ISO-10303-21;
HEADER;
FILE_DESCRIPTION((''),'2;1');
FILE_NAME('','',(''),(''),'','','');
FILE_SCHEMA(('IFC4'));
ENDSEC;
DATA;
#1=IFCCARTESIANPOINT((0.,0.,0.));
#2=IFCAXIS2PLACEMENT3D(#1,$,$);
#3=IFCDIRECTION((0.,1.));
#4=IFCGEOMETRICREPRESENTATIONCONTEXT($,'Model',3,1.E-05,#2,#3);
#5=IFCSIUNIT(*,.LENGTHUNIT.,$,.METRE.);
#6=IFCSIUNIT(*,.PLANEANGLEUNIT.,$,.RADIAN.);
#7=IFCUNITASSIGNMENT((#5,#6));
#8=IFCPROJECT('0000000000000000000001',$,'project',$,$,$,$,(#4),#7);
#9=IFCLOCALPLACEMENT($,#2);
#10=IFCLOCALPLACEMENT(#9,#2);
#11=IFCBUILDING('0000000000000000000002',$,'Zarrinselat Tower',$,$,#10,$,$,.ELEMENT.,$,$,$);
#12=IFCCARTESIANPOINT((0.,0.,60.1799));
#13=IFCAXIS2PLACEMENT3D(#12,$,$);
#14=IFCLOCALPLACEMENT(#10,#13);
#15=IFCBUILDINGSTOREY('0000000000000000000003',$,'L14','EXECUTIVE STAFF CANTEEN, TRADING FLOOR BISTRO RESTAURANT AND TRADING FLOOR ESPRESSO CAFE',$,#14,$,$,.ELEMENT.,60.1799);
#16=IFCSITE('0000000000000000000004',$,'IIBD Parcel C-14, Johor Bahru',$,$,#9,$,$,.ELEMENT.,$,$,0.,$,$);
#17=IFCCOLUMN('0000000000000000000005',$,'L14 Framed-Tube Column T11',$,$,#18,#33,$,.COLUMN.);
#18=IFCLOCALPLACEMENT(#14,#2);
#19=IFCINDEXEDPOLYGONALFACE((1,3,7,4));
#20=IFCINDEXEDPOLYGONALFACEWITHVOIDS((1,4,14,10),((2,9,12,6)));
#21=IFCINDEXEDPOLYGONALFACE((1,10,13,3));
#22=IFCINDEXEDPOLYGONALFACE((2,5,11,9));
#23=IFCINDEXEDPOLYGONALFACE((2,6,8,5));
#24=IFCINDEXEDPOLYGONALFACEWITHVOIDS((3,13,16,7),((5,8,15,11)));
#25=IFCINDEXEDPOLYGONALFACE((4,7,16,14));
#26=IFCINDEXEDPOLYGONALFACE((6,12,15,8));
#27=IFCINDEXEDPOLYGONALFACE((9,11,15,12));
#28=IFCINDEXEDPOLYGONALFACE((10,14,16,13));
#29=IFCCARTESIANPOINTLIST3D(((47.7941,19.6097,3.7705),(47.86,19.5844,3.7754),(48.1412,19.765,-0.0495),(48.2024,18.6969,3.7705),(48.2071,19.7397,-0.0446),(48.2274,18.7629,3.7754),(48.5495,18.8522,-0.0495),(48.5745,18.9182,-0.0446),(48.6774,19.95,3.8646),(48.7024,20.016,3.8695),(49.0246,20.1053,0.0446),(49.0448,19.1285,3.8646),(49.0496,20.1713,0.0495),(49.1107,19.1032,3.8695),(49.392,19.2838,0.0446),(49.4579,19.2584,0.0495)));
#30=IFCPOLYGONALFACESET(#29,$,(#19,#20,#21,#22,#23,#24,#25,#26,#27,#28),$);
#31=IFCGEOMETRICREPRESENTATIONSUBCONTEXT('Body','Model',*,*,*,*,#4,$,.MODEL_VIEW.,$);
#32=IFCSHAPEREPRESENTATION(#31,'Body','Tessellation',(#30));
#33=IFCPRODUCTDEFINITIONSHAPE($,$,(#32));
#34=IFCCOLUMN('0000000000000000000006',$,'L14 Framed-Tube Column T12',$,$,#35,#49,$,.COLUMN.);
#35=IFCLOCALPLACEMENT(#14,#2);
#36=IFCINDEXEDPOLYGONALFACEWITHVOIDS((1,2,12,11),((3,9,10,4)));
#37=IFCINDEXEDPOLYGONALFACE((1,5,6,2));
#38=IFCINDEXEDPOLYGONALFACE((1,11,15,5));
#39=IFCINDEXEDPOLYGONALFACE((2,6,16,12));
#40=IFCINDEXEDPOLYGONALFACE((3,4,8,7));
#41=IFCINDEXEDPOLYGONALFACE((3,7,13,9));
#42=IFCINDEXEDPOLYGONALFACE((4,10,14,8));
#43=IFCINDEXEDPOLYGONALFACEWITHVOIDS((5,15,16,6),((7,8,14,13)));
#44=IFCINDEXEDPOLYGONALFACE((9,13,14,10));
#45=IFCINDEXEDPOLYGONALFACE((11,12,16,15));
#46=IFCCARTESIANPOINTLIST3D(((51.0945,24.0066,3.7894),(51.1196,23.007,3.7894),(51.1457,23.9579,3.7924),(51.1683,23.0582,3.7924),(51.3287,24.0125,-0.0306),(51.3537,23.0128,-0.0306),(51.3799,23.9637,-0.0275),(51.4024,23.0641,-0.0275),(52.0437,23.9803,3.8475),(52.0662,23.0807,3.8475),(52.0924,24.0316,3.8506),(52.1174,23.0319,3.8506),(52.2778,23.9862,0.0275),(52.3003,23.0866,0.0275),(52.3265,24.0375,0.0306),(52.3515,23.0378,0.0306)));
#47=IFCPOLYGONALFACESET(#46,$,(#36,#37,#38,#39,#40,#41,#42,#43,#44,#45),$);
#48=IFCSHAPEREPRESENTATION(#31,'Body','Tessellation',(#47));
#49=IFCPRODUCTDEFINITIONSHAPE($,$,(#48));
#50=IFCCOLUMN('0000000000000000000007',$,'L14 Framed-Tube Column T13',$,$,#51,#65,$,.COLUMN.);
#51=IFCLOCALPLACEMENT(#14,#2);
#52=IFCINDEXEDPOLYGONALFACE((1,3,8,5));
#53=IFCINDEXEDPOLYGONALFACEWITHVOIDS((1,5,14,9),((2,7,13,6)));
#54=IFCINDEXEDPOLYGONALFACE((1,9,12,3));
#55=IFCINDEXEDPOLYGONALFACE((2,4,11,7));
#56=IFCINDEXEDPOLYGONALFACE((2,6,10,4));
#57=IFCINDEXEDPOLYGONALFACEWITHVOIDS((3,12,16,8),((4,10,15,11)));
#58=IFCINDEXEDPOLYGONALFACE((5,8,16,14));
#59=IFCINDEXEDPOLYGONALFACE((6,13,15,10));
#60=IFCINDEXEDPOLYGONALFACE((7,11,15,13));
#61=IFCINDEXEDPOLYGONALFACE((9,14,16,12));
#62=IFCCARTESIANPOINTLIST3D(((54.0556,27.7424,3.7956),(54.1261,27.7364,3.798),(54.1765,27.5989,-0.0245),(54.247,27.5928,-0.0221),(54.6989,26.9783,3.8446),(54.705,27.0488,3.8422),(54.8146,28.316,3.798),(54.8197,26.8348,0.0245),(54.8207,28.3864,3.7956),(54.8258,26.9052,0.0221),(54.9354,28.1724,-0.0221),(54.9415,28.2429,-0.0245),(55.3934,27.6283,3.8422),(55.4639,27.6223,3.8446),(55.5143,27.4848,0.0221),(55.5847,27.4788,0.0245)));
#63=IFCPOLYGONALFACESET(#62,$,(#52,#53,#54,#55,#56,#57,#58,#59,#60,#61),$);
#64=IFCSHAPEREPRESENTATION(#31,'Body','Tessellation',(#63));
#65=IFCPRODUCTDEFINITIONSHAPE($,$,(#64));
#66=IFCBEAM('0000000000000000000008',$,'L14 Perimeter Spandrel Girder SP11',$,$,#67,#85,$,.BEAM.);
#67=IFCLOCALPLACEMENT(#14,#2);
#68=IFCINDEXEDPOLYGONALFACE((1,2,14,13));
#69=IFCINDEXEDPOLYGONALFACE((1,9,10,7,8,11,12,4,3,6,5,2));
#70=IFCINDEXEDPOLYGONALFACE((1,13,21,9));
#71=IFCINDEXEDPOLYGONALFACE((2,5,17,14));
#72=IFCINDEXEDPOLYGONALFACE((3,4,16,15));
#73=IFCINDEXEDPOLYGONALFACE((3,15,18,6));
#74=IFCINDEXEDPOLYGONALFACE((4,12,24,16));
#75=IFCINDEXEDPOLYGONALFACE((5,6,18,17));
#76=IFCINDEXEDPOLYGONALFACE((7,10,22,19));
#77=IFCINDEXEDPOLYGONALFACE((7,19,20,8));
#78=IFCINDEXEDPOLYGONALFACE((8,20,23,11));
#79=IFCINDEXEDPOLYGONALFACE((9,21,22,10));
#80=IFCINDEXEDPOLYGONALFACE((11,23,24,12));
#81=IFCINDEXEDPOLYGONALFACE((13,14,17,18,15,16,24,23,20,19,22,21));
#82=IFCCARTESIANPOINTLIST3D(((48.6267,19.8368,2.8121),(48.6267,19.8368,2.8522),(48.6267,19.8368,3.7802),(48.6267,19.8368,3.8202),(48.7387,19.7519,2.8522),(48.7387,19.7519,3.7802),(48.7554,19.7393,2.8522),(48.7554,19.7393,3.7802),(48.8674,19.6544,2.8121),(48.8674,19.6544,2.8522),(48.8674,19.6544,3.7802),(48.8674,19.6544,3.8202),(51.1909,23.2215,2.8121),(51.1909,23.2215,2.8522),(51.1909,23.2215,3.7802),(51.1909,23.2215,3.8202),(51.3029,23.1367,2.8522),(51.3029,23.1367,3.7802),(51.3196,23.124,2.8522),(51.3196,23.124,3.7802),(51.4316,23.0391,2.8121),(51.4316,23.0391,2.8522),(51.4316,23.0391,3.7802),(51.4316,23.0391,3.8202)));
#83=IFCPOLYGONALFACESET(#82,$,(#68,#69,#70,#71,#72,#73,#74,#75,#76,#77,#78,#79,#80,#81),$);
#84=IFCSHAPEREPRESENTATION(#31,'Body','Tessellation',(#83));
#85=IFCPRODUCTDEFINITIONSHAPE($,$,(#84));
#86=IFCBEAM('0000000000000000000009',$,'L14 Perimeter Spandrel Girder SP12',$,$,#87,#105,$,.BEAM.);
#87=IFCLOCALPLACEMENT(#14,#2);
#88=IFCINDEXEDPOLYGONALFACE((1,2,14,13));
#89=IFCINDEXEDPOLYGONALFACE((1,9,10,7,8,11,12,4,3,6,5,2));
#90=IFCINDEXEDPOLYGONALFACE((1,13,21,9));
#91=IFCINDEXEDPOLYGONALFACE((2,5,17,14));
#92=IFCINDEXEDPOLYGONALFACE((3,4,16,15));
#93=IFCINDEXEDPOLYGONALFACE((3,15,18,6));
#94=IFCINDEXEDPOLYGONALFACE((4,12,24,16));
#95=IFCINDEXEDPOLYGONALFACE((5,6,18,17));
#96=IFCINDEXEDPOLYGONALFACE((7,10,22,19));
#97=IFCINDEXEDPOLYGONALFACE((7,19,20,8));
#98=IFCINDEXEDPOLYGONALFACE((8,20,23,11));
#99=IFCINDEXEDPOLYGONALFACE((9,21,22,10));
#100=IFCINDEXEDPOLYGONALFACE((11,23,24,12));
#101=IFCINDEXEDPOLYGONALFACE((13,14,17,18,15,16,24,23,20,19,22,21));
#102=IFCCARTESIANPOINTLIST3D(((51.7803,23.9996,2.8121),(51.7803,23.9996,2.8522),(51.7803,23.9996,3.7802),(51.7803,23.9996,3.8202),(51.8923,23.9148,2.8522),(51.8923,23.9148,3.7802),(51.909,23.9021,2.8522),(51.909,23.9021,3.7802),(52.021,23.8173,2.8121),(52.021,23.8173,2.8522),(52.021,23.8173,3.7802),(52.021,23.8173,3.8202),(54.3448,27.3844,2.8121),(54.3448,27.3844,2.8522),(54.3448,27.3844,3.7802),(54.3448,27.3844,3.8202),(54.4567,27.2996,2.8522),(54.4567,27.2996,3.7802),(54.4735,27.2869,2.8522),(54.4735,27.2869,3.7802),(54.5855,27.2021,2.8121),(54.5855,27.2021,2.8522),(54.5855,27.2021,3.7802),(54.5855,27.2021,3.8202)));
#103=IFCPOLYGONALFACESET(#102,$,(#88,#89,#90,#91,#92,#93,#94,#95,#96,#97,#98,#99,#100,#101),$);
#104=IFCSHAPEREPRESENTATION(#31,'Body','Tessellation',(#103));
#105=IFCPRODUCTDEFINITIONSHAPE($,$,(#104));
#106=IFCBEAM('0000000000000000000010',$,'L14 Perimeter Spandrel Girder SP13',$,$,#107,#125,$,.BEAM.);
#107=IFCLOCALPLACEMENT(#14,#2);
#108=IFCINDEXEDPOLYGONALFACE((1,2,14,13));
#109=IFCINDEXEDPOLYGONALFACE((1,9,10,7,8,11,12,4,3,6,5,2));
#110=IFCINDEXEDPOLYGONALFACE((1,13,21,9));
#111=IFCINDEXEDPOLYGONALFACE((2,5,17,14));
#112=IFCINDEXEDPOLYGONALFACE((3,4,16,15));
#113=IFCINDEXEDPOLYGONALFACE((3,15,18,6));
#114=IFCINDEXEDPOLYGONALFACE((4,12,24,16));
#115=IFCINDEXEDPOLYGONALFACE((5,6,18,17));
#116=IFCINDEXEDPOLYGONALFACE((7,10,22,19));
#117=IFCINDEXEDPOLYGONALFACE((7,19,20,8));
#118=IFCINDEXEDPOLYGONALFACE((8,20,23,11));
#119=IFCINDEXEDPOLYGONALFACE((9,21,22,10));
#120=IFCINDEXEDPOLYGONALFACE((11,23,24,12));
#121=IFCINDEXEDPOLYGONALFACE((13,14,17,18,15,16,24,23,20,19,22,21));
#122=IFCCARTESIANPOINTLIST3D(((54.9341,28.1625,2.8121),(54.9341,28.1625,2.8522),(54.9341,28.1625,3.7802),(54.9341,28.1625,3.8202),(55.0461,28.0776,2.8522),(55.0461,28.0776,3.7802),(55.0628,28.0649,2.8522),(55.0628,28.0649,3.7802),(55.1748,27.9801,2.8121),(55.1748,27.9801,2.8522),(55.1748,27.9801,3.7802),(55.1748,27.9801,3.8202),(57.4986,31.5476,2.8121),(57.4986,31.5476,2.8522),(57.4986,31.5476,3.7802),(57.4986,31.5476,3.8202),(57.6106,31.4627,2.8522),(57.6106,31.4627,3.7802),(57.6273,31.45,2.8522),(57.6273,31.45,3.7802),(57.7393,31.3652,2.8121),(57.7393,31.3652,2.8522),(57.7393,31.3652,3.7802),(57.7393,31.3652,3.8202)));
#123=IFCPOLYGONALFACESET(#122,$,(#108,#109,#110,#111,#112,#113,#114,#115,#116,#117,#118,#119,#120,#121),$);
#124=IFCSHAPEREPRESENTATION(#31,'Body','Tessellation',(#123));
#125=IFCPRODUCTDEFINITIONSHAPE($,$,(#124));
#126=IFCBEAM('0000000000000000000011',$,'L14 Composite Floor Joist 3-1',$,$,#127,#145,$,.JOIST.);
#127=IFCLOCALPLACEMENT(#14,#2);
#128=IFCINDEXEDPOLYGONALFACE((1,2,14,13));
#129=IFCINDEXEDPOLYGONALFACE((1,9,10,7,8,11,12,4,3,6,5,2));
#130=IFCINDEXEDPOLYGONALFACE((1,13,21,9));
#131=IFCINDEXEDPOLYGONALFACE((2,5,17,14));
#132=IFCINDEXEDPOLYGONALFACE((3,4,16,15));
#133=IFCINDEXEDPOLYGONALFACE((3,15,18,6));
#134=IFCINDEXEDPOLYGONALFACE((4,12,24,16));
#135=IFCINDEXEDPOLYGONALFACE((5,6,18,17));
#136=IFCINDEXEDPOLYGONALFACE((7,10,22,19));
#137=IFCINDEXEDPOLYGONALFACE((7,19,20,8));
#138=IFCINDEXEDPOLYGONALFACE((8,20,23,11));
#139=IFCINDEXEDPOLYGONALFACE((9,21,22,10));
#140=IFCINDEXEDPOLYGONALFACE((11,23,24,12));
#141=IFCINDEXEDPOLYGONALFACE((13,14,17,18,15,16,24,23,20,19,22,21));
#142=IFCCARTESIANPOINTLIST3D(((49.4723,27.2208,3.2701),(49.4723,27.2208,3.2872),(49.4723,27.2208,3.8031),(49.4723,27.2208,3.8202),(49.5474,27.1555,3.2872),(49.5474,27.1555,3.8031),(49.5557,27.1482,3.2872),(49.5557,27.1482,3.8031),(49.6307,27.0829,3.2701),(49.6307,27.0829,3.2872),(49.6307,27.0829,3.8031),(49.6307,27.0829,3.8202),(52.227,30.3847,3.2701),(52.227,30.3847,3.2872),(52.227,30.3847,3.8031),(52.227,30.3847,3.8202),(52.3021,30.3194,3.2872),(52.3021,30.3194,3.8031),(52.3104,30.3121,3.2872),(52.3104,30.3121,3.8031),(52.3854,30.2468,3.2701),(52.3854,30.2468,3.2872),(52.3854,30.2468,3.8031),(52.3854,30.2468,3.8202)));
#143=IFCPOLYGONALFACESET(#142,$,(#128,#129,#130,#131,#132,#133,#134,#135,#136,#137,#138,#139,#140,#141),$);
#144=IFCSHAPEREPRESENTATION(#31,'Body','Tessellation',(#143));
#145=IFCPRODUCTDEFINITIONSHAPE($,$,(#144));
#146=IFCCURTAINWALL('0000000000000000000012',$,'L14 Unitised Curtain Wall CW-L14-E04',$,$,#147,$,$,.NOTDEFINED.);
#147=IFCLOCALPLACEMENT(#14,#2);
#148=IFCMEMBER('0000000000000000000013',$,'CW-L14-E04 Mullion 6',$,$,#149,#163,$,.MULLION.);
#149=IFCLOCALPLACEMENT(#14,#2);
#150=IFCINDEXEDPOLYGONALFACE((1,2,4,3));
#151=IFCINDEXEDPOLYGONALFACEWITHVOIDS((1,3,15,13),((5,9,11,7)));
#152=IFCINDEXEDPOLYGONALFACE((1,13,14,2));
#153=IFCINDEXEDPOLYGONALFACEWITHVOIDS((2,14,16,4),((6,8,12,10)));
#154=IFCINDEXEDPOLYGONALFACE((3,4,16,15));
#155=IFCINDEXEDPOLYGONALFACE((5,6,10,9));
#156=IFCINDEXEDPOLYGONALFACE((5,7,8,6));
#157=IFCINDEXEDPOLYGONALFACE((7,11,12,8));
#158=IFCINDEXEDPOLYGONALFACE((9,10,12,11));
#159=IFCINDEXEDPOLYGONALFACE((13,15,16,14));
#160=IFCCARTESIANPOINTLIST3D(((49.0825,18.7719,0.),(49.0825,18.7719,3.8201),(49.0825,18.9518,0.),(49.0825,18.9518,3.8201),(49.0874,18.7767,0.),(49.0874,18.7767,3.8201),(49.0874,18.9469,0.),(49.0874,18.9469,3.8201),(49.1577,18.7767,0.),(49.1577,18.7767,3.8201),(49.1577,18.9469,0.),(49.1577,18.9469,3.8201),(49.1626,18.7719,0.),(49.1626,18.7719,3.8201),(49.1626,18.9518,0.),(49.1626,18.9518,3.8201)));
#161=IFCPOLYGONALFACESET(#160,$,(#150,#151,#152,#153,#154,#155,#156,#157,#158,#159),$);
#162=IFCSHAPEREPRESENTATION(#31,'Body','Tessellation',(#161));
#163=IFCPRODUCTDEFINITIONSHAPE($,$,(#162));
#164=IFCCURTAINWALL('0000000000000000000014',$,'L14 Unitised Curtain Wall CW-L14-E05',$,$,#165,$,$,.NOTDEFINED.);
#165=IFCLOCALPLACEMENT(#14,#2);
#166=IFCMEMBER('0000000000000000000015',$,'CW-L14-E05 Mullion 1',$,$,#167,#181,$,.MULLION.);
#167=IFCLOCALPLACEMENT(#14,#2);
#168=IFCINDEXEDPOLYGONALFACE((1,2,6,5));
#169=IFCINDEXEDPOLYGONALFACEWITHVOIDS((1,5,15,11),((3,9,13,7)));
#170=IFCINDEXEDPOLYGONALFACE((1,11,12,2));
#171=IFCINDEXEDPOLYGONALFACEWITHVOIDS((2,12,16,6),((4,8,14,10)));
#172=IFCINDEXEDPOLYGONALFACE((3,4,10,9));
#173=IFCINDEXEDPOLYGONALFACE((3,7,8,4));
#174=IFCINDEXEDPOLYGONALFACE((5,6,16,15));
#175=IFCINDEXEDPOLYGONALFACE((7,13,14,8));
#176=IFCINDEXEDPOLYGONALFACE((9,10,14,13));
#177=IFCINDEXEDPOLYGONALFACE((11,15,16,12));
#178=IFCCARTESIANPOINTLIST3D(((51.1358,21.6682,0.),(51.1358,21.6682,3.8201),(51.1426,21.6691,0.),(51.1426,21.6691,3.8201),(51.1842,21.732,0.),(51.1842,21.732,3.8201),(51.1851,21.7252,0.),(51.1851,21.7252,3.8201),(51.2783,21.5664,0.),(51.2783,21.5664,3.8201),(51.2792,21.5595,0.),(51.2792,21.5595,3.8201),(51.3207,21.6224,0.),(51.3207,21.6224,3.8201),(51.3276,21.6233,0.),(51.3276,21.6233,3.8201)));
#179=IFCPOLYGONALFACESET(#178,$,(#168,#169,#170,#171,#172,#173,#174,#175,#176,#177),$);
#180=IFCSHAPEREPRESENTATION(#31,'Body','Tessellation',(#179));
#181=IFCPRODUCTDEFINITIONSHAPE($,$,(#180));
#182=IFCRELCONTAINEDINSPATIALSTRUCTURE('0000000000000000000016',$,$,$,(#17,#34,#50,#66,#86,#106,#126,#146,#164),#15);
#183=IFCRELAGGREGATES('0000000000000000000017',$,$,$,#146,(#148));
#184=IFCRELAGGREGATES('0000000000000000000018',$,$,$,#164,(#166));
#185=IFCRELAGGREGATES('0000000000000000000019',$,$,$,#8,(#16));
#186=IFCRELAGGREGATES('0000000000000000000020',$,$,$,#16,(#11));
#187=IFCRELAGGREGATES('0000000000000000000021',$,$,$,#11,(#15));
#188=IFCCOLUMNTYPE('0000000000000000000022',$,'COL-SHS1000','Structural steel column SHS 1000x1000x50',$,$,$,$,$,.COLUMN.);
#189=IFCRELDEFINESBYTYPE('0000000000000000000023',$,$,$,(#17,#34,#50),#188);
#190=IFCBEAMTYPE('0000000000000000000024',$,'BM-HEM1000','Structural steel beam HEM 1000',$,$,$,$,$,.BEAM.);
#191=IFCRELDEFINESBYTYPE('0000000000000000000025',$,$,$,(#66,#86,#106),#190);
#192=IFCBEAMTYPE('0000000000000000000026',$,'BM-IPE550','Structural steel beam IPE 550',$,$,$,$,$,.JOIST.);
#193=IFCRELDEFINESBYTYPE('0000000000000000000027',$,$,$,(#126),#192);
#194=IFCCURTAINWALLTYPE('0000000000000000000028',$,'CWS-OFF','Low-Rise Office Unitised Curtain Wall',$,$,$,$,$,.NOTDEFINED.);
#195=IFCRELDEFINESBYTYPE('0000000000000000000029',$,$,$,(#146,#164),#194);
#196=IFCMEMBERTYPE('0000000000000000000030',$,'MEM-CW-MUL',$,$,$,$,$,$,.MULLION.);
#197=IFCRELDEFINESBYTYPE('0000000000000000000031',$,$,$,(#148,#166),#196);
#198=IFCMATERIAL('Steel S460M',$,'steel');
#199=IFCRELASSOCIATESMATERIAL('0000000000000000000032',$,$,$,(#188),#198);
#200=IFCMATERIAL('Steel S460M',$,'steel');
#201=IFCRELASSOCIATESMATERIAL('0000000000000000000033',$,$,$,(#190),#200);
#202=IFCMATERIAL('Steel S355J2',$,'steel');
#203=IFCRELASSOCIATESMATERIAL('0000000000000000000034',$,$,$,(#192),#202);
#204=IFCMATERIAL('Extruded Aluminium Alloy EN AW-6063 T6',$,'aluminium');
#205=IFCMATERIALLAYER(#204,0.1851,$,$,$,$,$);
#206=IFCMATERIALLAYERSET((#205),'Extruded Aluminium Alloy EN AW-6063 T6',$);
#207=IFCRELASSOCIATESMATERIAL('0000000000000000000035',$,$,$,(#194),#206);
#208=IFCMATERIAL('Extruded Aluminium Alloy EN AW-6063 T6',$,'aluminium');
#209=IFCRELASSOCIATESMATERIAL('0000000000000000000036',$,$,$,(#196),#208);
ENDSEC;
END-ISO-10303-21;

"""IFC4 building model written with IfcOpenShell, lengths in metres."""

from ifc_helpers import new_model, si_unit, direction, frame, origin, origin_2d, place, context, subcontext, project, spatial, hollow_rectangle, i_section, extrude, material, layer, layer_set, material_profile, profile_set, type_object, element, aggregate, save


model = new_model("IFC4")

# Units and contexts
model_context = context("Model", 3, precision=1e-05, world=origin(), true_north=direction((0.0, 1.0)))
body_context = subcontext(model_context, "Body", "Model", "MODEL_VIEW")
ifc_project = project(units=[si_unit("LENGTHUNIT", "METRE"), si_unit("PLANEANGLEUNIT", "RADIAN")], contexts=[model_context])

# Site, building, storey
site_placement = place(None, origin())
site = spatial("IfcSite", under=ifc_project, at=site_placement, Name="IIBD Parcel C-14, Johor Bahru", CompositionType="ELEMENT", RefElevation=0.0)
building_placement = place(site_placement, origin())
building = spatial("IfcBuilding", under=site, at=building_placement, Name="Zarrinselat Tower", CompositionType="ELEMENT")
storey_placement = place(building_placement, frame((0.0, 0.0, 60.1799)))
storey = spatial("IfcBuildingStorey", under=building, at=storey_placement, Name="L14", Description="EXECUTIVE STAFF CANTEEN, TRADING FLOOR BISTRO RESTAURANT AND TRADING FLOOR ESPRESSO CAFE", CompositionType="ELEMENT", Elevation=60.1799)

# Columns
ifc_material_1 = material(Name="Steel S460M", Category="steel")
ifc_material_profile_1 = material_profile(ifc_material_1, hollow_rectangle(XDim=1.0, YDim=1.0, WallThickness=0.05, at=origin_2d()), Name="SHS 1000x1000x50")
ifc_profile_set_1 = profile_set([ifc_material_profile_1], Name="Steel S460M")
column_type = type_object("IfcColumnType", Name="COL-SHS1000", Description="Structural steel column SHS 1000x1000x50", PredefinedType="COLUMN", material=ifc_profile_set_1)
column_1_placement = place(storey_placement, frame((48.7996, 19.5117, 0.0), z_axis=(-0.090433, -0.040447, 0.995081), x_axis=(0.408282, -0.912856, 0.0)))
element("IfcColumn", 1, at=column_1_placement, inside=storey, type_object=column_type, Name="L14 Framed-Tube Column T11", PredefinedType="COLUMN", context=body_context, shape_type="SweptSolid", body=[
    extrude(hollow_rectangle(XDim=1.0, YDim=1.0, WallThickness=0.05, at=origin_2d()), origin(), (0.0, 0.0, 1.0), 3.8389),
])
column_2_placement = place(storey_placement, frame((51.8401, 23.5251, 0.0), z_axis=(-0.061175, -0.001531, 0.998126), x_axis=(0.025018, -0.999687, 0.0)))
element("IfcColumn", 2, at=column_2_placement, inside=storey, type_object=column_type, Name="L14 Framed-Tube Column T12", PredefinedType="COLUMN", context=body_context, shape_type="SweptSolid", body=[
    extrude(hollow_rectangle(XDim=1.0, YDim=1.0, WallThickness=0.05, at=origin_2d()), origin(), (0.0, 0.0, 1.0), 3.8271),
])
column_3_placement = place(storey_placement, frame((54.8806, 27.5388, 0.0), z_axis=(-0.031597, 0.037534, 0.998796), x_axis=(-0.765012, -0.644016, 0.0)))
element("IfcColumn", 3, at=column_3_placement, inside=storey, type_object=column_type, Name="L14 Framed-Tube Column T13", PredefinedType="COLUMN", context=body_context, shape_type="SweptSolid", body=[
    extrude(hollow_rectangle(XDim=1.0, YDim=1.0, WallThickness=0.05, at=origin_2d()), origin(), (0.0, 0.0, 1.0), 3.8247),
])

# Beams
ifc_material_2 = material(Name="Steel S460M", Category="steel")
ifc_material_profile_2 = material_profile(ifc_material_2, i_section(OverallWidth=0.302, OverallDepth=1.0081, WebThickness=0.021, FlangeThickness=0.04, at=origin_2d()), Name="HEM 1000")
ifc_profile_set_2 = profile_set([ifc_material_profile_2], Name="Steel S460M")
beam_type_1 = type_object("IfcBeamType", Name="BM-HEM1000", Description="Structural steel beam HEM 1000", PredefinedType="BEAM", material=ifc_profile_set_2)
beam_1_placement = place(storey_placement, frame((48.7471, 19.7456, 3.3162), z_axis=(0.603857, 0.797093, 0.0), x_axis=(-0.797093, 0.603857, 0.0)))
element("IfcBeam", 4, at=beam_1_placement, inside=storey, type_object=beam_type_1, Name="L14 Perimeter Spandrel Girder SP11", PredefinedType="BEAM", context=body_context, shape_type="SweptSolid", body=[
    extrude(i_section(OverallWidth=0.302, OverallDepth=1.0081, WebThickness=0.021, FlangeThickness=0.04, at=origin_2d()), origin(), (0.0, 0.0, 1.0), 4.2463),
])
beam_2_placement = place(storey_placement, frame((51.9006, 23.9084, 3.3162), z_axis=(0.603893, 0.797065, 0.0), x_axis=(-0.797065, 0.603893, 0.0)))
element("IfcBeam", 5, at=beam_2_placement, inside=storey, type_object=beam_type_1, Name="L14 Perimeter Spandrel Girder SP12", PredefinedType="BEAM", context=body_context, shape_type="SweptSolid", body=[
    extrude(i_section(OverallWidth=0.302, OverallDepth=1.0081, WebThickness=0.021, FlangeThickness=0.04, at=origin_2d()), origin(), (0.0, 0.0, 1.0), 4.2466),
])
beam_3_placement = place(storey_placement, frame((55.0544, 28.0713, 3.3162), z_axis=(0.603865, 0.797086, 0.0), x_axis=(-0.797086, 0.603865, 0.0)))
element("IfcBeam", 6, at=beam_3_placement, inside=storey, type_object=beam_type_1, Name="L14 Perimeter Spandrel Girder SP13", PredefinedType="BEAM", context=body_context, shape_type="SweptSolid", body=[
    extrude(i_section(OverallWidth=0.302, OverallDepth=1.0081, WebThickness=0.021, FlangeThickness=0.04, at=origin_2d()), origin(), (0.0, 0.0, 1.0), 4.2468),
])
ifc_material_3 = material(Name="Steel S355J2", Category="steel")
ifc_material_profile_3 = material_profile(ifc_material_3, i_section(OverallWidth=0.21, OverallDepth=0.55, WebThickness=0.011, FlangeThickness=0.0171, at=origin_2d()), Name="IPE 550")
ifc_profile_set_3 = profile_set([ifc_material_profile_3], Name="Steel S355J2")
beam_type_2 = type_object("IfcBeamType", Name="BM-IPE550", Description="Structural steel beam IPE 550", PredefinedType="JOIST", material=ifc_profile_set_3)
beam_4_placement = place(storey_placement, frame((49.5515, 27.1519, 3.5452), z_axis=(0.656653, 0.754193, 0.0), x_axis=(-0.754193, 0.656653, 0.0)))
element("IfcBeam", 7, at=beam_4_placement, inside=storey, type_object=beam_type_2, Name="L14 Composite Floor Joist 3-1", PredefinedType="JOIST", context=body_context, shape_type="SweptSolid", body=[
    extrude(i_section(OverallWidth=0.21, OverallDepth=0.55, WebThickness=0.011, FlangeThickness=0.0171, at=origin_2d()), origin(), (0.0, 0.0, 1.0), 4.1951),
])

# Curtain wall, member
ifc_material_4 = material(Name="Extruded Aluminium Alloy EN AW-6063 T6", Category="aluminium")
ifc_layer_1 = layer(ifc_material_4, 0.1851)
ifc_layer_set_1 = layer_set([ifc_layer_1], Name="Extruded Aluminium Alloy EN AW-6063 T6")
curtain_wall_type = type_object("IfcCurtainWallType", Name="CWS-OFF", Description="Low-Rise Office Unitised Curtain Wall", PredefinedType="NOTDEFINED", material=ifc_layer_set_1)
curtain_wall_1_placement = place(storey_placement, origin())
curtain_wall_1 = element("IfcCurtainWall", 8, at=curtain_wall_1_placement, inside=storey, type_object=curtain_wall_type, Name="L14 Unitised Curtain Wall CW-L14-E04", PredefinedType="NOTDEFINED")
ifc_material_5 = material(Name="Extruded Aluminium Alloy EN AW-6063 T6", Category="aluminium")
ifc_material_profile_4 = material_profile(ifc_material_5, hollow_rectangle(XDim=0.0801, YDim=0.1799, WallThickness=0.0049, at=origin_2d()), Name="RHS 180x80x5")
ifc_profile_set_4 = profile_set([ifc_material_profile_4], Name="Extruded Aluminium Alloy EN AW-6063 T6")
member_type_1 = type_object("IfcMemberType", Name="MEM-CW-MUL", PredefinedType="MULLION", material=ifc_profile_set_4)
member_1_placement = place(storey_placement, frame((49.1226, 18.8618, 0.0), z_axis=(0.0, 0.0, 1.0), x_axis=(1.0, 0.0, 0.0)))
member_1 = element("IfcMember", 9, at=member_1_placement, type_object=member_type_1, Name="CW-L14-E04 Mullion 6", PredefinedType="MULLION", context=body_context, shape_type="SweptSolid", body=[
    extrude(hollow_rectangle(XDim=0.0801, YDim=0.1799, WallThickness=0.0049, at=origin_2d()), origin(), (0.0, 0.0, 1.0), 3.8201),
])
aggregate(curtain_wall_1, [member_1])

# Curtain wall, member
curtain_wall_2_placement = place(storey_placement, origin())
curtain_wall_2 = element("IfcCurtainWall", 10, at=curtain_wall_2_placement, inside=storey, type_object=curtain_wall_type, Name="L14 Unitised Curtain Wall CW-L14-E05", PredefinedType="NOTDEFINED")
member_2_placement = place(storey_placement, frame((51.2317, 21.6458, 0.0), z_axis=(0.0, 0.0, 1.0), x_axis=(0.603861, 0.79709, 0.0)))
member_2 = element("IfcMember", 11, at=member_2_placement, type_object=member_type_1, Name="CW-L14-E05 Mullion 1", PredefinedType="MULLION", context=body_context, shape_type="SweptSolid", body=[
    extrude(hollow_rectangle(XDim=0.0801, YDim=0.1799, WallThickness=0.0049, at=origin_2d()), origin(), (0.0, 0.0, 1.0), 3.8201),
])
aggregate(curtain_wall_2, [member_2])

save(model, "model.ifc")
